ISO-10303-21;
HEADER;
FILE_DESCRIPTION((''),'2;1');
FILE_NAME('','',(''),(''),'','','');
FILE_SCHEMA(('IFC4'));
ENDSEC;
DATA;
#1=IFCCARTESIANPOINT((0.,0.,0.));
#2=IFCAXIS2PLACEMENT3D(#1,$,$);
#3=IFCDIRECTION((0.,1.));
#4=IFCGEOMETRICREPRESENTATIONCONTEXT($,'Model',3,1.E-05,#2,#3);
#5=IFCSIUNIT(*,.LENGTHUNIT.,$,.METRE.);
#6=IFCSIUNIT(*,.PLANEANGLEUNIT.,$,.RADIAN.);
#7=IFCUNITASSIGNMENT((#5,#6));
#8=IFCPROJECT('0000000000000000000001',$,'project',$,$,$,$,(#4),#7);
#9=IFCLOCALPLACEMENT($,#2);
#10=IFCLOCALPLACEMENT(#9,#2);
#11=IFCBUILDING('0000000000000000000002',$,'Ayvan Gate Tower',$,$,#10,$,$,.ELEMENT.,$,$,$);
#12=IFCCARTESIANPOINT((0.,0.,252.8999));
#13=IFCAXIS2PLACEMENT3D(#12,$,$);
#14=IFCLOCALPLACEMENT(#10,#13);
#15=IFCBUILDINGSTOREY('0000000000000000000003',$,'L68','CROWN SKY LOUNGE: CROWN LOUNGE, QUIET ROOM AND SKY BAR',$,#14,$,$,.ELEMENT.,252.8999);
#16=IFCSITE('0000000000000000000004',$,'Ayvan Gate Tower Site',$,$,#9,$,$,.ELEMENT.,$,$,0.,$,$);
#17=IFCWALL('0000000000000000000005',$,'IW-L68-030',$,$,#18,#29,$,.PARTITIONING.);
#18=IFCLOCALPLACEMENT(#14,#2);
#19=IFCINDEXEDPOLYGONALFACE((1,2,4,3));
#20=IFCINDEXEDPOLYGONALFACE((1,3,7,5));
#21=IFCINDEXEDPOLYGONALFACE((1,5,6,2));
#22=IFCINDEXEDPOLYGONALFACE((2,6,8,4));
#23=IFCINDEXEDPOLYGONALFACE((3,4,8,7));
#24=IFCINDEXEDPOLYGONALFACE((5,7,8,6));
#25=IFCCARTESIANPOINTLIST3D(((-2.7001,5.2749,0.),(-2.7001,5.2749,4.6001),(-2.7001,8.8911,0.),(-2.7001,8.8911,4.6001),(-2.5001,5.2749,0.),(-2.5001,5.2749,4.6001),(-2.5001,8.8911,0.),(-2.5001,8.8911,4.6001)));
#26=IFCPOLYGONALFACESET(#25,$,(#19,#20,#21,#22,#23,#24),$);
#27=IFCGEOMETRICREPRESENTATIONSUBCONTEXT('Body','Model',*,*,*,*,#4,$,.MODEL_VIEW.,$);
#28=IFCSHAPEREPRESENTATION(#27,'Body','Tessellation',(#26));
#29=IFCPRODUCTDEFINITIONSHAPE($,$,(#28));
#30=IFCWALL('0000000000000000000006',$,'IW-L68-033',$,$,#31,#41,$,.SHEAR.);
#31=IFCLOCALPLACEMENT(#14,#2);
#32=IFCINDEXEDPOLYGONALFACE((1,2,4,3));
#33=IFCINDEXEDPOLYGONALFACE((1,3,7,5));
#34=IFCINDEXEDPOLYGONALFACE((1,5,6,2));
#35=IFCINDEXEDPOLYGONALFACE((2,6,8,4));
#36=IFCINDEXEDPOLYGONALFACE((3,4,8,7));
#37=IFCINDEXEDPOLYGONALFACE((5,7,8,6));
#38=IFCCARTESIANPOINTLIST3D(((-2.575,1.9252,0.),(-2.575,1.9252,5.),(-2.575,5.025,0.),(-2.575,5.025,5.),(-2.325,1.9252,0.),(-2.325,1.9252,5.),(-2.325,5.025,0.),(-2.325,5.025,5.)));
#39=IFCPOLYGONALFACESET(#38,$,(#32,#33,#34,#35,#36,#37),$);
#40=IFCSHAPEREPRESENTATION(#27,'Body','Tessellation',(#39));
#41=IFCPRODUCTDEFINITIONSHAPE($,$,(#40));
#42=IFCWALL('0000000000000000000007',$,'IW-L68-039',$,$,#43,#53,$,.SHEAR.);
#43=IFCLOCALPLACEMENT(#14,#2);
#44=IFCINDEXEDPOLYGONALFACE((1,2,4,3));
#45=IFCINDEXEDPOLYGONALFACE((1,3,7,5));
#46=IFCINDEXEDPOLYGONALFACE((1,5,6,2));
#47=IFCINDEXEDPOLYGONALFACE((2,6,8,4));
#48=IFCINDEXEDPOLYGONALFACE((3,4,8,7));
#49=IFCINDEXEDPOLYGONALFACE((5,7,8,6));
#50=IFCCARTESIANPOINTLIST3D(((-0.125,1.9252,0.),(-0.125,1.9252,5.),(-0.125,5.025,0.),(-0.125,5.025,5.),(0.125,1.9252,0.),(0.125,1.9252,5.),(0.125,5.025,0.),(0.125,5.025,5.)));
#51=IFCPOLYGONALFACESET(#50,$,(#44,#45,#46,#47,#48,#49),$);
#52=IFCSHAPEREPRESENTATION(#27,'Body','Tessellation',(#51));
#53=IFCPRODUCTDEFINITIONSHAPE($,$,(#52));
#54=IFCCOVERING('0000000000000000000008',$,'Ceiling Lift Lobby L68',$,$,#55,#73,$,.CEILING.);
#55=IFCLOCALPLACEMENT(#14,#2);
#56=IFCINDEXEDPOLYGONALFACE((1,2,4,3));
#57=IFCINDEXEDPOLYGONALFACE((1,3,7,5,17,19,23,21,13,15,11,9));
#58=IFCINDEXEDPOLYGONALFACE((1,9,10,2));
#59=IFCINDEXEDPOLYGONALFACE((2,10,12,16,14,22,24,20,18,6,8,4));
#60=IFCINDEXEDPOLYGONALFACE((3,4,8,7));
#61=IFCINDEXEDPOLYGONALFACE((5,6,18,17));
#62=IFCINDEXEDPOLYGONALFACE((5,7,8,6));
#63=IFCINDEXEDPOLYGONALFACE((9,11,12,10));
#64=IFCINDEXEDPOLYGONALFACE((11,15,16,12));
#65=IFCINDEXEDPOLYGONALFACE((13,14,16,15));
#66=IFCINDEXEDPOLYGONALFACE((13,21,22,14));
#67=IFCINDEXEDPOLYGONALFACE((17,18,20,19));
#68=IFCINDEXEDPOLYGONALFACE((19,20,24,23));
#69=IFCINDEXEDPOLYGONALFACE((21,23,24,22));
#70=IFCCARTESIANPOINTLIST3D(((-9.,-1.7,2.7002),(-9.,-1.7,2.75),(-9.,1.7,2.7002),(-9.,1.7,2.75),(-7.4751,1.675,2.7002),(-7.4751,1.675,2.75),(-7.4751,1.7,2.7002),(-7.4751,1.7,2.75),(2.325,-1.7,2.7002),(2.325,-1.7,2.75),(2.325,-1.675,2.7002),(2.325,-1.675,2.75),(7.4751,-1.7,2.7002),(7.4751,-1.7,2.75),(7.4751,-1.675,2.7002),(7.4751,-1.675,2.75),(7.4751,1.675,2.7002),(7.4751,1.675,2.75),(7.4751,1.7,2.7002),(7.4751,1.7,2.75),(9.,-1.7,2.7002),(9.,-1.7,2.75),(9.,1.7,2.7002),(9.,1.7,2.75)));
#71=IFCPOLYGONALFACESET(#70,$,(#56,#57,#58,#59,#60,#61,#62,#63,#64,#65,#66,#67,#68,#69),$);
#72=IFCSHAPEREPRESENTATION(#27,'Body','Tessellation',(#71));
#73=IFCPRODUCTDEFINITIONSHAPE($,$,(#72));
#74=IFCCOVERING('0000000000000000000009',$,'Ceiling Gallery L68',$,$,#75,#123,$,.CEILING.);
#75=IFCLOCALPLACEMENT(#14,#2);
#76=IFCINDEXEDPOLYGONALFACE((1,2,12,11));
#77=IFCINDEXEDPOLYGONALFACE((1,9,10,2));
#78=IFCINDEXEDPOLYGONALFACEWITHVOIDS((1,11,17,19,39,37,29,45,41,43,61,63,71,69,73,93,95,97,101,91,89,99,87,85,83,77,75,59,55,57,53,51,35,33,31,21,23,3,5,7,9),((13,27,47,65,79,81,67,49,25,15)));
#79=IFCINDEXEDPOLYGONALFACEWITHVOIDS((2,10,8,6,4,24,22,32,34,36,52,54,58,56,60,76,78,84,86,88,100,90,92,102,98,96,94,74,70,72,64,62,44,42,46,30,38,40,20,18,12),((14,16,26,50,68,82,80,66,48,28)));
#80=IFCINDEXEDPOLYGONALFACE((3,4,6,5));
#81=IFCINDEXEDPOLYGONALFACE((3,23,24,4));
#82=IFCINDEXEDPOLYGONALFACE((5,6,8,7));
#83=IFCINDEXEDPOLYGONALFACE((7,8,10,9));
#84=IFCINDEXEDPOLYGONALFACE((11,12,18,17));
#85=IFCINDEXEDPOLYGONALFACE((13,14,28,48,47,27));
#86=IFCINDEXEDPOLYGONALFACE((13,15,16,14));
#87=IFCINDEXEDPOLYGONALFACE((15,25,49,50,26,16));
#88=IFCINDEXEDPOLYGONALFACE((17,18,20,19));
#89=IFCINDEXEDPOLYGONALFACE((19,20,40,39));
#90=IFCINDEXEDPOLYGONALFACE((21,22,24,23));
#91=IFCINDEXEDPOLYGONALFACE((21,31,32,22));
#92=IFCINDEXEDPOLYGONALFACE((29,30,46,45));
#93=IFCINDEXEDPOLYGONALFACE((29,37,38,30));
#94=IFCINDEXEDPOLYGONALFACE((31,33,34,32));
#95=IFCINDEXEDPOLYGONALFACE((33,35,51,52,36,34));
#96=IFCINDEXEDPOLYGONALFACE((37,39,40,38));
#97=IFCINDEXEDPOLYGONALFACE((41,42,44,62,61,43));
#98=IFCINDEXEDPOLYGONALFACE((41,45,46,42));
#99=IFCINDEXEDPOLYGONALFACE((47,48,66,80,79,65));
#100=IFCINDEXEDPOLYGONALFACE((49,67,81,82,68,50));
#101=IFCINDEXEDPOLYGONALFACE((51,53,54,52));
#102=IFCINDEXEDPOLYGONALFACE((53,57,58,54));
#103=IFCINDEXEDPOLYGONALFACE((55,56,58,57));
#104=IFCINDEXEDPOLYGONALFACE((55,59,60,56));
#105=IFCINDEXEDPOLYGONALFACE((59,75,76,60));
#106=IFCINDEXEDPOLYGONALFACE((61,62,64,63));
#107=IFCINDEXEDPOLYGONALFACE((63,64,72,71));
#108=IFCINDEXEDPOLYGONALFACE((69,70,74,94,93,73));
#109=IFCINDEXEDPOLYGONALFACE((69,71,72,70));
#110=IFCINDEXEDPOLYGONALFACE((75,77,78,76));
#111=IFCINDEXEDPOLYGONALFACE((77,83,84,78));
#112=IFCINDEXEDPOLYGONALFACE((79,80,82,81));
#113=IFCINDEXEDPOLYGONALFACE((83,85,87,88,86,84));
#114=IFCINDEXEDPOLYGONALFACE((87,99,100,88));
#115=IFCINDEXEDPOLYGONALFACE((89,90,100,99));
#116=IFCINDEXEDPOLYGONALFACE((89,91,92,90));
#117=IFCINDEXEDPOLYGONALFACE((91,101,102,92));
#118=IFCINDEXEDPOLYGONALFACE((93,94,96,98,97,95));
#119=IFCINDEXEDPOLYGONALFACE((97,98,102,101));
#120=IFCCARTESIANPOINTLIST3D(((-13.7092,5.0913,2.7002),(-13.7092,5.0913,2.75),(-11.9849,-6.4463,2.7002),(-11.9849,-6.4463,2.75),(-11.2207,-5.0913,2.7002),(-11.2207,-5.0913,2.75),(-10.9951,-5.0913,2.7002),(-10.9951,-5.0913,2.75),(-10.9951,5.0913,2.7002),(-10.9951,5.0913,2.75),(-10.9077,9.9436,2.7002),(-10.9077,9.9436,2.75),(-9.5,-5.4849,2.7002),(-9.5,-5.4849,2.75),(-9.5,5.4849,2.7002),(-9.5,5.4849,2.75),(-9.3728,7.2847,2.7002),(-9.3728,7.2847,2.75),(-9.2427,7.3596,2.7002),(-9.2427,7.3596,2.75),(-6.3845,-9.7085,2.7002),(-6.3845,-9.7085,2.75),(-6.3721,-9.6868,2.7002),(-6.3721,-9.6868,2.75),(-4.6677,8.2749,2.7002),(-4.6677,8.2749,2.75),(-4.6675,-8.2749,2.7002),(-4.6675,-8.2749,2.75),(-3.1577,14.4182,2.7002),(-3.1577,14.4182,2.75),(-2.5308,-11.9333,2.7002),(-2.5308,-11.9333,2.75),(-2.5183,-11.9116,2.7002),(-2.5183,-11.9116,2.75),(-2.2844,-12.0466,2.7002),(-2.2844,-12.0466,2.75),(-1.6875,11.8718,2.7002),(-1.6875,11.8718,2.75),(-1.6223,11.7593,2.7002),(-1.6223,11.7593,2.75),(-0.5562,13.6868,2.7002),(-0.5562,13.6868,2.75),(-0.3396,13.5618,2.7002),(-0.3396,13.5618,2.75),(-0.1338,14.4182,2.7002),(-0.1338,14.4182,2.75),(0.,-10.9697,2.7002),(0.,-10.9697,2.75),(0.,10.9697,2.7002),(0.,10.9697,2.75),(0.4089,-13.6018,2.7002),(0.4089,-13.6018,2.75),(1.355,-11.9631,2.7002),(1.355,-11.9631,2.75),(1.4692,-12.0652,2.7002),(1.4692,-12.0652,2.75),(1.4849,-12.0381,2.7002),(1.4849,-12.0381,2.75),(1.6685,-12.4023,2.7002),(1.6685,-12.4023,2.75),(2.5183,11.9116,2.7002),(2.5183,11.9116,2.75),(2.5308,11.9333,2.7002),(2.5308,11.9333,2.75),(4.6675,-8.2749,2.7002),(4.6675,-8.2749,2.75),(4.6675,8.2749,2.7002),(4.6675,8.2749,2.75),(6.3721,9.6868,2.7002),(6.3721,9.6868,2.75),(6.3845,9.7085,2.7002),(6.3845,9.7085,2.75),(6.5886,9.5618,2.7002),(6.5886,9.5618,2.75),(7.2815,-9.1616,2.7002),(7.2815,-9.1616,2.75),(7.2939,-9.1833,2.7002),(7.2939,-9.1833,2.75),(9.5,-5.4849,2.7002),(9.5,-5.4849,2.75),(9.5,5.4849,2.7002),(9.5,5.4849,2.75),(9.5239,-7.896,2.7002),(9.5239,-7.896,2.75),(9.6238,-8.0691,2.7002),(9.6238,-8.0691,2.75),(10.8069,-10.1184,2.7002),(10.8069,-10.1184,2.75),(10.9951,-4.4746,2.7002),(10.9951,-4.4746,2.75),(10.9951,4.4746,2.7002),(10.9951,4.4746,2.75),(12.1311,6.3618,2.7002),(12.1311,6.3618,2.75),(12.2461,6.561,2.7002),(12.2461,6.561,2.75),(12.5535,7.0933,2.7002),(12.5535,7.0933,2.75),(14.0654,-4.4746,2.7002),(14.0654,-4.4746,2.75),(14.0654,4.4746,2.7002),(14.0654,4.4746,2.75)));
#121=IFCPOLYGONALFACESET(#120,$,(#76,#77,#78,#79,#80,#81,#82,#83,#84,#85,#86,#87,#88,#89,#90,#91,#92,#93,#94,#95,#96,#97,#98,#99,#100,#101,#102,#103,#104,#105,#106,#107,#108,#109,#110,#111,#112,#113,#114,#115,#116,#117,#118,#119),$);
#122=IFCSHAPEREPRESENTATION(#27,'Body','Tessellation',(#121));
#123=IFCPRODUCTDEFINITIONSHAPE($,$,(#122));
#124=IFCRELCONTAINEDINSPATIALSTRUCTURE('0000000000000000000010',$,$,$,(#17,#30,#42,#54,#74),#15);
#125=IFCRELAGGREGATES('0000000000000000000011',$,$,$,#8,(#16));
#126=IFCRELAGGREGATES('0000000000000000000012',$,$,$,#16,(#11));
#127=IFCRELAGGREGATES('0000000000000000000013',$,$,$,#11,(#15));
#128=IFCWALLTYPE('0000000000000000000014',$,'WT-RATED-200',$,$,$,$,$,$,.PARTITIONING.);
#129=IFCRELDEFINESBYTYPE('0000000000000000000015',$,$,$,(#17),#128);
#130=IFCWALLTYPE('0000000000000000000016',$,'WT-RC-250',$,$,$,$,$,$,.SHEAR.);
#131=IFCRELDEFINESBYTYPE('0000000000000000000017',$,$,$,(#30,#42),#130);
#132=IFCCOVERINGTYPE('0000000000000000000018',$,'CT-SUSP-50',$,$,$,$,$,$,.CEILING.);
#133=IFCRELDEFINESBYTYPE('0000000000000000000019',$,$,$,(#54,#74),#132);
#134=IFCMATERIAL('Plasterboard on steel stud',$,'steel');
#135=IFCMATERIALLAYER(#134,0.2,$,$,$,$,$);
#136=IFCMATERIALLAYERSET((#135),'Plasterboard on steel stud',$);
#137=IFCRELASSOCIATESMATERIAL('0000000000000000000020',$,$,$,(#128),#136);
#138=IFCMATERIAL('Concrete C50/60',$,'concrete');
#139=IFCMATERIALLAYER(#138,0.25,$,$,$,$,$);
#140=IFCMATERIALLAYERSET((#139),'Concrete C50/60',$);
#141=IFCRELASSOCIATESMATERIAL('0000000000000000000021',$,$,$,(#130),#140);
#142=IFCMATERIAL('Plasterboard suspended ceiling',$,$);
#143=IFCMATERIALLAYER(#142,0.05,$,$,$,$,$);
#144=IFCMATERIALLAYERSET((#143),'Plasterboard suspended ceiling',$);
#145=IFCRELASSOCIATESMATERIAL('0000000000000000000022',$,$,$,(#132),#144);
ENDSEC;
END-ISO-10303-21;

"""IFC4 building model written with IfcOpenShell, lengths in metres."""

from ifc_helpers import new_model, si_unit, direction, frame, frame_2d, origin, place, context, subcontext, project, spatial, polyline, rectangle, outline, extrude, material, layer, layer_set, type_object, element, save


model = new_model("IFC4")

# Units and contexts
model_context = context("Model", 3, precision=1e-05, world=origin(), true_north=direction((0.0, 1.0)))
body_context = subcontext(model_context, "Body", "Model", "MODEL_VIEW")
ifc_project = project(units=[si_unit("LENGTHUNIT", "METRE"), si_unit("PLANEANGLEUNIT", "RADIAN")], contexts=[model_context])

# Site, building, storey
site_placement = place(None, origin())
site = spatial("IfcSite", under=ifc_project, at=site_placement, Name="Ayvan Gate Tower Site", CompositionType="ELEMENT", RefElevation=0.0)
building_placement = place(site_placement, origin())
building = spatial("IfcBuilding", under=site, at=building_placement, Name="Ayvan Gate Tower", CompositionType="ELEMENT")
storey_placement = place(building_placement, frame((0.0, 0.0, 252.8999)))
storey = spatial("IfcBuildingStorey", under=building, at=storey_placement, Name="L68", Description="CROWN SKY LOUNGE: CROWN LOUNGE, QUIET ROOM AND SKY BAR", CompositionType="ELEMENT", Elevation=252.8999)

# Walls
ifc_material_1 = material(Name="Plasterboard on steel stud", Category="steel")
ifc_layer_1 = layer(ifc_material_1, 0.2)
ifc_layer_set_1 = layer_set([ifc_layer_1], Name="Plasterboard on steel stud")
wall_type_1 = type_object("IfcWallType", Name="WT-RATED-200", PredefinedType="PARTITIONING", material=ifc_layer_set_1)
wall_1_placement = place(storey_placement, frame((-2.6001, 8.8911, 0.0), z_axis=(0.0, 0.0, 1.0), x_axis=(0.0, -1.0, 0.0)))
element("IfcWall", 1, at=wall_1_placement, inside=storey, type_object=wall_type_1, Name="IW-L68-030", PredefinedType="PARTITIONING", context=body_context, shape_type="SweptSolid", body=[
    extrude(rectangle(XDim=3.6162, YDim=0.2, at=frame_2d((1.8081, 0.0))), origin(), (0.0, 0.0, 1.0), 4.6001),
])
ifc_material_2 = material(Name="Concrete C50/60", Category="concrete")
ifc_layer_2 = layer(ifc_material_2, 0.25)
ifc_layer_set_2 = layer_set([ifc_layer_2], Name="Concrete C50/60")
wall_type_2 = type_object("IfcWallType", Name="WT-RC-250", PredefinedType="SHEAR", material=ifc_layer_set_2)
for number, where, z_axis, x_axis, name in (
    (2, (-2.45, 5.0249, 0.0), (0.0, 0.0, 1.0), (0.0, -1.0, 0.0), "IW-L68-033"),
    (3, (0.0, 5.0249, 0.0), (0.0, 0.0, 1.0), (0.0, -1.0, 0.0), "IW-L68-039"),
):
    element("IfcWall", number, at=place(storey_placement, frame(where, z_axis=z_axis, x_axis=x_axis)), inside=storey, type_object=wall_type_2, Name=name, PredefinedType="SHEAR", context=body_context, shape_type="SweptSolid", body=[
        extrude(rectangle(XDim=3.0999, YDim=0.25, at=frame_2d((1.5498, 0.0))), origin(), (0.0, 0.0, 1.0), 5.0),
    ])

# Coverings
ifc_material_3 = material(Name="Plasterboard suspended ceiling")
ifc_layer_3 = layer(ifc_material_3, 0.05)
ifc_layer_set_3 = layer_set([ifc_layer_3], Name="Plasterboard suspended ceiling")
covering_type = type_object("IfcCoveringType", Name="CT-SUSP-50", PredefinedType="CEILING", material=ifc_layer_set_3)
covering_1_placement = place(storey_placement, frame((0.0, 0.0, 2.7002)))
element("IfcCovering", 4, at=covering_1_placement, inside=storey, type_object=covering_type, Name="Ceiling Lift Lobby L68", PredefinedType="CEILING", context=body_context, shape_type="SweptSolid", body=[
    extrude(outline(polyline([(7.4751, -1.675), (2.325, -1.675), (2.325, -1.7), (-9.0, -1.7), (-9.0, 1.7), (-7.4751, 1.7), (-7.4751, 1.675), (7.4751, 1.675), (7.4751, 1.7), (9.0, 1.7), (9.0, -1.7), (7.4751, -1.7), (7.4751, -1.675)])), origin(), (0.0, 0.0, 1.0), 0.0498),
])
covering_2_placement = place(storey_placement, frame((0.0, 0.0, 2.7002)))
element("IfcCovering", 5, at=covering_2_placement, inside=storey, type_object=covering_type, Name="Ceiling Gallery L68", PredefinedType="CEILING", context=body_context, shape_type="SweptSolid", body=[
    extrude(outline(polyline([(-10.9951, -5.0913), (-10.9951, 5.0913), (-13.7092, 5.0913), (-10.9077, 9.9436), (-9.3728, 7.2847), (-9.2427, 7.3596), (-1.6223, 11.7593), (-1.6875, 11.8718), (-3.1577, 14.4182), (-0.1338, 14.4182), (-0.5562, 13.6868), (-0.3396, 13.5618), (2.5183, 11.9116), (2.5308, 11.9333), (6.3845, 9.7085), (6.3721, 9.6868), (6.5886, 9.5618), (12.1311, 6.3618), (12.2461, 6.561), (12.5535, 7.0933), (14.0654, 4.4746), (10.9951, 4.4746), (10.9951, -4.4746), (14.0654, -4.4746), (10.8069, -10.1184), (9.6238, -8.0691), (9.5239, -7.896), (7.2939, -9.1833), (7.2815, -9.1616), (1.6685, -12.4023), (1.4692, -12.0652), (1.4849, -12.0381), (1.355, -11.9631), (0.4089, -13.6018), (-2.2844, -12.0466), (-2.5183, -11.9116), (-2.5308, -11.9333), (-6.3845, -9.7085), (-6.3721, -9.6868), (-11.9849, -6.4463), (-11.2207, -5.0913), (-10.9951, -5.0913)]), holes=[polyline([(-4.6675, -8.2749), (0.0, -10.9697), (4.6675, -8.2749), (9.5, -5.4849), (9.5, 5.4849), (4.6675, 8.2749), (0.0, 10.9697), (-4.6677, 8.2749), (-9.5, 5.4849), (-9.5, -5.4849), (-4.6675, -8.2749)])]), origin(), (0.0, 0.0, 1.0), 0.0498),
])

save(model, "model.ifc")
